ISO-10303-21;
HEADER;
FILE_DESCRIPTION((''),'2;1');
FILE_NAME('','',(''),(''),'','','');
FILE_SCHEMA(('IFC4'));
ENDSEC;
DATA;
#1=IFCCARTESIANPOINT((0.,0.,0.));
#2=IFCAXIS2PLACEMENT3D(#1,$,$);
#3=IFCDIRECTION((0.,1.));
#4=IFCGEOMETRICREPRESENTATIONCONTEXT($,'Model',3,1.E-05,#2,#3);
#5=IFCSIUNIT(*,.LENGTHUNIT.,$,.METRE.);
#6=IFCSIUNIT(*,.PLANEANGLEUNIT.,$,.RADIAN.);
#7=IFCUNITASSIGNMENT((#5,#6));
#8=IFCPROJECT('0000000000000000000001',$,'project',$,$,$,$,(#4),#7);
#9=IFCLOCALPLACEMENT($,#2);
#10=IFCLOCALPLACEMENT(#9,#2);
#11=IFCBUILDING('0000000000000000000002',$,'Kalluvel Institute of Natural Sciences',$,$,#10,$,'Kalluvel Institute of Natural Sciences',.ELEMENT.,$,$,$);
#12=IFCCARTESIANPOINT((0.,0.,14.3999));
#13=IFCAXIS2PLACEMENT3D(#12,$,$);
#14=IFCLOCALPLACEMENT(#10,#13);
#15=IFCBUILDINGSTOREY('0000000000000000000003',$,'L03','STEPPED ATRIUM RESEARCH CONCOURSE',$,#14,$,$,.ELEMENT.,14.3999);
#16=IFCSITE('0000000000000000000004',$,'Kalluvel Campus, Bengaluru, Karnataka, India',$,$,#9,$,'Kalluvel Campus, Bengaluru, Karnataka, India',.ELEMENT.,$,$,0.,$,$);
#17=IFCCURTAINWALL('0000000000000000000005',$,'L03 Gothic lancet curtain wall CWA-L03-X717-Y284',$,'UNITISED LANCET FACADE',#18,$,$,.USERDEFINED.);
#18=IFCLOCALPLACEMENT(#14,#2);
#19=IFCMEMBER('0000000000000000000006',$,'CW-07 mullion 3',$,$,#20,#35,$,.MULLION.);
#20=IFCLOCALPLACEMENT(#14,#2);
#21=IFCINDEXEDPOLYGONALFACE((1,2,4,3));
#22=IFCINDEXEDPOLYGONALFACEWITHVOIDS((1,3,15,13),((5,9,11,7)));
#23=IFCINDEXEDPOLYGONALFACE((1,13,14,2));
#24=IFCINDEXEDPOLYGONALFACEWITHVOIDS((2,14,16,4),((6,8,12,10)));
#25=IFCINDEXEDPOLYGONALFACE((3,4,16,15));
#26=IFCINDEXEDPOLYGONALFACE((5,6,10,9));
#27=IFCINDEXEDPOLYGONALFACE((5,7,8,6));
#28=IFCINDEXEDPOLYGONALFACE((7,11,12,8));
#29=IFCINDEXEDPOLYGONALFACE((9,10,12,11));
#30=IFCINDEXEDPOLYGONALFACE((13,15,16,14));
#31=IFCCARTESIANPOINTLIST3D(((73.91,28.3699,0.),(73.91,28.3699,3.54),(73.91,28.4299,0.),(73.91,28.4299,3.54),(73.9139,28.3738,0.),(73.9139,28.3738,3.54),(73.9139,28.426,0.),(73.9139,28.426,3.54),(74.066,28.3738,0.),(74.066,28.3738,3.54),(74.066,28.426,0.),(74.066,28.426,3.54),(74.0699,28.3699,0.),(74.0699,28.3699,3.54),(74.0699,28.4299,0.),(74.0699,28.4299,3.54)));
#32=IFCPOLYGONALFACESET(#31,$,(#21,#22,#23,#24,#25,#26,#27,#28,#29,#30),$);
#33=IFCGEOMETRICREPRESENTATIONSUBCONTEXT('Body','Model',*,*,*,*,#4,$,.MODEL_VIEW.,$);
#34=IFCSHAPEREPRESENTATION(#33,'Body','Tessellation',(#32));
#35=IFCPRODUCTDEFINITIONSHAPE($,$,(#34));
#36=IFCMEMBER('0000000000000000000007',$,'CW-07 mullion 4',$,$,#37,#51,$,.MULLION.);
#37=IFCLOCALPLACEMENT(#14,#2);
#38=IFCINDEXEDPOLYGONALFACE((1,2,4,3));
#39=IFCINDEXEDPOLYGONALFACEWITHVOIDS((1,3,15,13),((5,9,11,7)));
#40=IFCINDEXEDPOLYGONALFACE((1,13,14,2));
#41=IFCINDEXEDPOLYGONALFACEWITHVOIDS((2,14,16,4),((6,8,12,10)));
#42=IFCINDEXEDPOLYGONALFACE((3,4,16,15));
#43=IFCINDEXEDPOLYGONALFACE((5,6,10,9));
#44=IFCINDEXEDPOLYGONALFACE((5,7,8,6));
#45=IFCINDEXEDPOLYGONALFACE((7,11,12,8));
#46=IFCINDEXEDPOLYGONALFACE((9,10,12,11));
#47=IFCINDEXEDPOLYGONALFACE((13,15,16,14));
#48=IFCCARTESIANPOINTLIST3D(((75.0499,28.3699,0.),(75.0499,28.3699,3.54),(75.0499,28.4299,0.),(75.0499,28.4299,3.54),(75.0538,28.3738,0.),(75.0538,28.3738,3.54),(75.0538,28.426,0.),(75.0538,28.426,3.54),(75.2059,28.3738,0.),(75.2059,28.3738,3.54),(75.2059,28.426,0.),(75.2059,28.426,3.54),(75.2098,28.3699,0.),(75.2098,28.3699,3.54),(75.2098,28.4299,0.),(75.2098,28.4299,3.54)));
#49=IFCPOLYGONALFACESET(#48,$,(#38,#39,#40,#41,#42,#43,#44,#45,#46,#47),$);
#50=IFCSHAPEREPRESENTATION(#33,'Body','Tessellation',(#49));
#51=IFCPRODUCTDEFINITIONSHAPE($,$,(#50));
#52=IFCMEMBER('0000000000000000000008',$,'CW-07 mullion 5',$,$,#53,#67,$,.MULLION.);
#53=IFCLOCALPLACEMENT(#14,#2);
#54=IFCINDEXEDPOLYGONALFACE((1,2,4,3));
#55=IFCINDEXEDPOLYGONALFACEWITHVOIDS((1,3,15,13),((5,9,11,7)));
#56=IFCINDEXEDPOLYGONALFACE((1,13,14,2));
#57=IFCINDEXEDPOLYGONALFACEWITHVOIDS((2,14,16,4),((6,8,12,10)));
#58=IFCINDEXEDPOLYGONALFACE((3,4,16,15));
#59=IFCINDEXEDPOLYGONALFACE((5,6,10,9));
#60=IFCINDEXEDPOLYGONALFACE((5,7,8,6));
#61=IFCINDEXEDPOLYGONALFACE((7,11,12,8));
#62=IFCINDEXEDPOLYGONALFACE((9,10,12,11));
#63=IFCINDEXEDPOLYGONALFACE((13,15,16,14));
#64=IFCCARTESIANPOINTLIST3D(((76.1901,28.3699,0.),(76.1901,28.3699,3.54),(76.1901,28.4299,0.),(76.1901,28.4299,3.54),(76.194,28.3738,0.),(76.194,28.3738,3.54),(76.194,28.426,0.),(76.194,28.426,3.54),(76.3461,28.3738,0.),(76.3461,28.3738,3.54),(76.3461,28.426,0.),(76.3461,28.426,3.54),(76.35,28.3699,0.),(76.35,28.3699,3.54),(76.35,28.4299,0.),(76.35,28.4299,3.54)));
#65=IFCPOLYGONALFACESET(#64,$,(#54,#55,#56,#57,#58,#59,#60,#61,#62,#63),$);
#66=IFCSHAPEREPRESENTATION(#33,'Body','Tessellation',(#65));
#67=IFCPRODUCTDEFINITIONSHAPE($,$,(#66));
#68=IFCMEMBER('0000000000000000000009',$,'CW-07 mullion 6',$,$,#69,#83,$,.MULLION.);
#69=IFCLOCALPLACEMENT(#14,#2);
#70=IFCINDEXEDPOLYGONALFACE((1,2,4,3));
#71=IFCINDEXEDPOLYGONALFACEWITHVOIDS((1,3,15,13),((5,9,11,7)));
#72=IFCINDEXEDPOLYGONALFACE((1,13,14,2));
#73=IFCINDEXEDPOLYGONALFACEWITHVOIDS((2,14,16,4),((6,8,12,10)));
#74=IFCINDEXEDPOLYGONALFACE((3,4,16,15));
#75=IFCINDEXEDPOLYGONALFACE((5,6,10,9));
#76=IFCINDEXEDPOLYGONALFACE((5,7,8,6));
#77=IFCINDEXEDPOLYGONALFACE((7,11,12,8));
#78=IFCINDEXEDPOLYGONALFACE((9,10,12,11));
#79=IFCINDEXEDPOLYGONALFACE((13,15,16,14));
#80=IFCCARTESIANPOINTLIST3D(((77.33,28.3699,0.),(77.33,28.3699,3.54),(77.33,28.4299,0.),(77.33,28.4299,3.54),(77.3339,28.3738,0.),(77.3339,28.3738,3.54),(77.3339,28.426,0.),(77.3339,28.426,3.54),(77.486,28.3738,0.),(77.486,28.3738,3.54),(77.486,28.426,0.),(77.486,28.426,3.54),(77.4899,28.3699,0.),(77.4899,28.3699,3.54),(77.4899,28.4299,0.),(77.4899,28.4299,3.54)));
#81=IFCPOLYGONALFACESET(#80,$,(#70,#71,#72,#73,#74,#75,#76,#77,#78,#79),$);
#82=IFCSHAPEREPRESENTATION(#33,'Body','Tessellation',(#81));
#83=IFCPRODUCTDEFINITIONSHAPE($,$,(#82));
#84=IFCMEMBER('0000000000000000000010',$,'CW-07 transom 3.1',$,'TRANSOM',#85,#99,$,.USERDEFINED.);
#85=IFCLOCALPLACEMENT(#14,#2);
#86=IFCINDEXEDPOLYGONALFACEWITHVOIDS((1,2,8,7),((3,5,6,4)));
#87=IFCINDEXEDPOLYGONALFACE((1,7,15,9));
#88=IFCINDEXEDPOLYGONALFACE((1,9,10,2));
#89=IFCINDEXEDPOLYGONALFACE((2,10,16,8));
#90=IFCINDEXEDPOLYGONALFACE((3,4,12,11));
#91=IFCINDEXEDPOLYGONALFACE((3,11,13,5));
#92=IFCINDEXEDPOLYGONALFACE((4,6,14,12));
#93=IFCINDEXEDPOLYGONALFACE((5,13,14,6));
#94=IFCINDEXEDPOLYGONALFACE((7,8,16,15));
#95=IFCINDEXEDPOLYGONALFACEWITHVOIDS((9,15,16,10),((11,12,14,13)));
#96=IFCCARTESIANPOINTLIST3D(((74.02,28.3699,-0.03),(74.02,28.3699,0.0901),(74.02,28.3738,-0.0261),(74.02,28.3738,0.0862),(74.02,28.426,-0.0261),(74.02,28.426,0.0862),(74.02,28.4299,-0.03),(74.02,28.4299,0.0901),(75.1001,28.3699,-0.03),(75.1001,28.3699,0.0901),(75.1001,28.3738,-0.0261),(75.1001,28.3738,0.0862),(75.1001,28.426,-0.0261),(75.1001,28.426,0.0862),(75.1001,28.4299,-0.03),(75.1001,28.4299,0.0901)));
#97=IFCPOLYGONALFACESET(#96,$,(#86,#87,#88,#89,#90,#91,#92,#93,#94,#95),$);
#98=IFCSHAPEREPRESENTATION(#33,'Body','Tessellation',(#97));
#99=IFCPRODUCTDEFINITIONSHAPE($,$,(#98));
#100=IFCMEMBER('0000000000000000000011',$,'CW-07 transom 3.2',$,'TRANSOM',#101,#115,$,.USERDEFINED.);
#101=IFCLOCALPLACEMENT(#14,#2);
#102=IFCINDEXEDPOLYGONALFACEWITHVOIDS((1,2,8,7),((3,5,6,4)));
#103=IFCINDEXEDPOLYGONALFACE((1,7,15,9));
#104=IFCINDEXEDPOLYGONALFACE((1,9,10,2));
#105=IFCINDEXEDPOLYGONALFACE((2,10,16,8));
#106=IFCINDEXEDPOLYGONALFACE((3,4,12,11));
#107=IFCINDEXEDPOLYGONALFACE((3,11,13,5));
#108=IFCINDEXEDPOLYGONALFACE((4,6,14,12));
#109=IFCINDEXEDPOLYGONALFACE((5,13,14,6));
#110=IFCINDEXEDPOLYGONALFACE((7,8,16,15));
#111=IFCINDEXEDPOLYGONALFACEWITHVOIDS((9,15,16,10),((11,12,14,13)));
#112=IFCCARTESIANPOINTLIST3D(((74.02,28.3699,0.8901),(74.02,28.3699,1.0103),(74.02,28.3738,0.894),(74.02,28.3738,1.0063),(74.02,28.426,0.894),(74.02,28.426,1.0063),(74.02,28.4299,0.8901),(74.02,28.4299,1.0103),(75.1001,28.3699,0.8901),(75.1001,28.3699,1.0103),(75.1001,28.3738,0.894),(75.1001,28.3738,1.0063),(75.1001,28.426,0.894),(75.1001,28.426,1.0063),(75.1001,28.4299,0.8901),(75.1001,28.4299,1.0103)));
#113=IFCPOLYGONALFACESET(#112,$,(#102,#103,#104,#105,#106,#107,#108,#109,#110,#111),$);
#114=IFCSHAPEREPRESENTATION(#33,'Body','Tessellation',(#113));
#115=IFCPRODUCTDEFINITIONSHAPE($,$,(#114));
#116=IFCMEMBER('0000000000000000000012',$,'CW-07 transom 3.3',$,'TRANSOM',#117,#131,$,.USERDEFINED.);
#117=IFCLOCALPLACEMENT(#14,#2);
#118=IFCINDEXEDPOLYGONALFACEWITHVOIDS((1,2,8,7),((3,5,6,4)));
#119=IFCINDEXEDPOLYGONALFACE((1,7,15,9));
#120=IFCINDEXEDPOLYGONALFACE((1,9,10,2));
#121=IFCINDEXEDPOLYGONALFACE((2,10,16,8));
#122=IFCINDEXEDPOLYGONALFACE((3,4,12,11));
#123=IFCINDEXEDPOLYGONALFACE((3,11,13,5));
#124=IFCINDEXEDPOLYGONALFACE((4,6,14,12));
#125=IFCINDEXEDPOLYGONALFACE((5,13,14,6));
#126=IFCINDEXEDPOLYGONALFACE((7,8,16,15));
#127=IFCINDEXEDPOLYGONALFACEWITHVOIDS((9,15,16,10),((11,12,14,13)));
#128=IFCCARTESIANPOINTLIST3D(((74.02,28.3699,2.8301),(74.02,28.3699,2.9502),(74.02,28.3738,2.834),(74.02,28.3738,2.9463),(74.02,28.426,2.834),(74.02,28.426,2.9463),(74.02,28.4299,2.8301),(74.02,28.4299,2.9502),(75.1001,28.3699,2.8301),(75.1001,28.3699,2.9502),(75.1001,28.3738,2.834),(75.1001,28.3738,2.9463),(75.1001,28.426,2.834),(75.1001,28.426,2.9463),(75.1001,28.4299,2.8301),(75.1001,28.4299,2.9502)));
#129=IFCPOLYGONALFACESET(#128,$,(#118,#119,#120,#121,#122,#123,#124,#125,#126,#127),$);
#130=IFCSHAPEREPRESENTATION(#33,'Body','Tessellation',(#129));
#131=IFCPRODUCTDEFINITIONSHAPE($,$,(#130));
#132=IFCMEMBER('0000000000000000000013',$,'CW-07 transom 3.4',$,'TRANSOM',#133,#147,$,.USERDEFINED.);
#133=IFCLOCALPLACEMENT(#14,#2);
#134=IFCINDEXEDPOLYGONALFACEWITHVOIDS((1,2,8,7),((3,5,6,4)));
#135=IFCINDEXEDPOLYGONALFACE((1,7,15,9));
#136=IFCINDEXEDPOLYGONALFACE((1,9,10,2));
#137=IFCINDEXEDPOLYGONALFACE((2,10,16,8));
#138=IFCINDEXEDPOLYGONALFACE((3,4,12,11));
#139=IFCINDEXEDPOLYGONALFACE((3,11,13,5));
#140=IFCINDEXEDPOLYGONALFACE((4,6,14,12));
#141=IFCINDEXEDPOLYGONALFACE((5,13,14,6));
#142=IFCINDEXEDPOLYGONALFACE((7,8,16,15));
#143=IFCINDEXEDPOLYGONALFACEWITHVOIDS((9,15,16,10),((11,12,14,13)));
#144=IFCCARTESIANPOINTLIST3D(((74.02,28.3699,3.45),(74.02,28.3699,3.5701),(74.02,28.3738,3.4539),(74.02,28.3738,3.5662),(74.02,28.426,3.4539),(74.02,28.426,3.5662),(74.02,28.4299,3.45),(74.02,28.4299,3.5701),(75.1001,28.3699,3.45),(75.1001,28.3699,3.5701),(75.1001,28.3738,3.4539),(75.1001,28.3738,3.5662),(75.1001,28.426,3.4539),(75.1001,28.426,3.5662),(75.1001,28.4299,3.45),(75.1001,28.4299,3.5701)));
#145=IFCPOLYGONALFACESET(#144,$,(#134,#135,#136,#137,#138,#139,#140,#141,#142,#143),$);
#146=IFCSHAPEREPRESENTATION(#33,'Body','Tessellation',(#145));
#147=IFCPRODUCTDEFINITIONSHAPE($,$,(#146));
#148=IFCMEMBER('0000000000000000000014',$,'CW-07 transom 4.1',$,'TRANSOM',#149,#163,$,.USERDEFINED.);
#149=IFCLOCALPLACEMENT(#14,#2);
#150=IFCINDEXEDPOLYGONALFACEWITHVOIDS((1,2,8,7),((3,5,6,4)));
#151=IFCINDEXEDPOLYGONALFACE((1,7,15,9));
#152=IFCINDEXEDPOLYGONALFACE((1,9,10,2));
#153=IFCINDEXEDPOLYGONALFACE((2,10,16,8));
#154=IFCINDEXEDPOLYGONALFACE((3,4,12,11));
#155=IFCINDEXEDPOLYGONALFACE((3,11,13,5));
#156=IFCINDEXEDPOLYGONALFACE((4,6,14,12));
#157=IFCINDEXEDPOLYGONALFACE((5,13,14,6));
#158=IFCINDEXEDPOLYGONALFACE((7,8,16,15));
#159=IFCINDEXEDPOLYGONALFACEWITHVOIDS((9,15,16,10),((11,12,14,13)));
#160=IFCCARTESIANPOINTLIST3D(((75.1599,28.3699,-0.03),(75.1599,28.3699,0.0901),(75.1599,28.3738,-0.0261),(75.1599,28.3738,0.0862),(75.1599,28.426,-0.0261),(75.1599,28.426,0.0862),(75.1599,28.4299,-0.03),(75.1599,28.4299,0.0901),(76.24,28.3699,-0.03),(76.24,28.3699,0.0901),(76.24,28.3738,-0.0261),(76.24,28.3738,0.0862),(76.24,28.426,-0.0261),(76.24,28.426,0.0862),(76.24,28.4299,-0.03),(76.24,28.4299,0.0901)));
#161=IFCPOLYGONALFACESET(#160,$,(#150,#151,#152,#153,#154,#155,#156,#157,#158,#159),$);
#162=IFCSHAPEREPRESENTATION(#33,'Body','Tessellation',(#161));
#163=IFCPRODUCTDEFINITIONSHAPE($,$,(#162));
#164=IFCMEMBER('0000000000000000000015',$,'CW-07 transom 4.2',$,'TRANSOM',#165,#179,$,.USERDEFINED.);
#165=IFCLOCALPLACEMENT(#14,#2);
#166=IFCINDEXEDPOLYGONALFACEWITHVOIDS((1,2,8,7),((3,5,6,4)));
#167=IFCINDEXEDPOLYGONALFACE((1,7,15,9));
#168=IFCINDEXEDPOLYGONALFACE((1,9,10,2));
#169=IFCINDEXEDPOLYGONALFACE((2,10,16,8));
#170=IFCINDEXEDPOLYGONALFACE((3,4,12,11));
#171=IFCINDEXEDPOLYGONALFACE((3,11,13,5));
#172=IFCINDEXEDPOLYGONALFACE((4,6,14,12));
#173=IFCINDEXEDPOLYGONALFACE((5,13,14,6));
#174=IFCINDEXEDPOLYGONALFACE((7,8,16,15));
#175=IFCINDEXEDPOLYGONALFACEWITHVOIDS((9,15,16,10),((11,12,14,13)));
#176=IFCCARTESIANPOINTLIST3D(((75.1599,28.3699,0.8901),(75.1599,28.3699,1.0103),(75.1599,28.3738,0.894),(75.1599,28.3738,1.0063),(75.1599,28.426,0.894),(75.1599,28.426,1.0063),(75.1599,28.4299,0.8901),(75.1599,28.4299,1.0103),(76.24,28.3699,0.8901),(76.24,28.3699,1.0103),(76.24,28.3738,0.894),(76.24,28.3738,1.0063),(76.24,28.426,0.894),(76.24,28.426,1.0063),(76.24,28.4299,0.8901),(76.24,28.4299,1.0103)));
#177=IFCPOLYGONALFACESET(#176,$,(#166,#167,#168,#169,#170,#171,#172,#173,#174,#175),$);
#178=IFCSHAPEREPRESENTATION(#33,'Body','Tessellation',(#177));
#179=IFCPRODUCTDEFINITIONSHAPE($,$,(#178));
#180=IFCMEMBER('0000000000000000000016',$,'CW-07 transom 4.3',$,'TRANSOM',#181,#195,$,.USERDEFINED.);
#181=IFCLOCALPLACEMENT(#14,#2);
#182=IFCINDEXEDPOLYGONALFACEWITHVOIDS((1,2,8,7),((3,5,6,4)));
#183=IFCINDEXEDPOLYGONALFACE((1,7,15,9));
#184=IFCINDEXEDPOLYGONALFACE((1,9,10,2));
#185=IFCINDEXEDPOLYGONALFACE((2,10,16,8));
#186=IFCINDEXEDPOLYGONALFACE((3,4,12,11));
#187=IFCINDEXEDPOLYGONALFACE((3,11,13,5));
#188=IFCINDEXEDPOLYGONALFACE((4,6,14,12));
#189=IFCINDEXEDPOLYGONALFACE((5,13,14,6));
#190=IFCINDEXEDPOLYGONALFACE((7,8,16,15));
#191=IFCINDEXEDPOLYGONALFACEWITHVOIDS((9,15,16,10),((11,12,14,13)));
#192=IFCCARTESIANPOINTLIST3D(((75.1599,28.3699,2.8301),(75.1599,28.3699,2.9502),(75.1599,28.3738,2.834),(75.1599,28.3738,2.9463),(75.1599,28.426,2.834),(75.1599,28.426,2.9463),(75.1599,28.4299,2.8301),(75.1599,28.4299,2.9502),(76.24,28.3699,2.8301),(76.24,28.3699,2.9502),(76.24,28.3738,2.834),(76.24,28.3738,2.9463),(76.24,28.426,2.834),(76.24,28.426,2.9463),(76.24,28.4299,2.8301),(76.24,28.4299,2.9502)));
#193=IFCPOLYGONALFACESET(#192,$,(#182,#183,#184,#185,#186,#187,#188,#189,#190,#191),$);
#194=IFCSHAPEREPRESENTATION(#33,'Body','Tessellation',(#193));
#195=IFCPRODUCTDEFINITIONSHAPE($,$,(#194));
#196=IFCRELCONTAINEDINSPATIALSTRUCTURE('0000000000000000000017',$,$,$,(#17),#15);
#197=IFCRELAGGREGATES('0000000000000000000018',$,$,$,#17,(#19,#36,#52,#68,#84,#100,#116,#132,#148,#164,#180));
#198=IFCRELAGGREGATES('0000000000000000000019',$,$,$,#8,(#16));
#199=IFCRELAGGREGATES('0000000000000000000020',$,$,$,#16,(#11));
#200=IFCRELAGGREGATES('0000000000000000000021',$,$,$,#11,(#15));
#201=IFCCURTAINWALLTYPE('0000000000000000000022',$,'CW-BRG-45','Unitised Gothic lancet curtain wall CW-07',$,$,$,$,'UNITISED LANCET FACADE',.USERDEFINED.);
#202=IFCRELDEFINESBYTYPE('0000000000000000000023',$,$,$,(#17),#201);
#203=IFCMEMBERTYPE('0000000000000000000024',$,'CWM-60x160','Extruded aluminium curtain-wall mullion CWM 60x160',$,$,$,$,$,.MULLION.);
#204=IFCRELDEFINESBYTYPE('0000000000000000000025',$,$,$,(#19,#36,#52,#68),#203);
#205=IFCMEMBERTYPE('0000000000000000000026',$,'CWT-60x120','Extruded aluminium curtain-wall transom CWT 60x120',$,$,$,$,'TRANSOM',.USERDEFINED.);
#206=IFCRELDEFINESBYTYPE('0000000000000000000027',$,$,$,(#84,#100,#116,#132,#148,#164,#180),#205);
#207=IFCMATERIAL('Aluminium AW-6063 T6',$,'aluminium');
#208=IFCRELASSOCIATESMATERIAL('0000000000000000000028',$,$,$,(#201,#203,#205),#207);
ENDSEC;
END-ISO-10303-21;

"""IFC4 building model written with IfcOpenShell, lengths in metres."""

from ifc_helpers import new_model, si_unit, direction, frame, origin, origin_2d, place, context, subcontext, project, spatial, hollow_rectangle, extrude, material, material_profile, profile_set, type_object, element, aggregate, save


model = new_model("IFC4")

# Units and contexts
model_context = context("Model", 3, precision=1e-05, world=origin(), true_north=direction((0.0, 1.0)))
body_context = subcontext(model_context, "Body", "Model", "MODEL_VIEW")
ifc_project = project(units=[si_unit("LENGTHUNIT", "METRE"), si_unit("PLANEANGLEUNIT", "RADIAN")], contexts=[model_context])

# Site, building, storey
site_placement = place(None, origin())
site = spatial("IfcSite", under=ifc_project, at=site_placement, Name="Kalluvel Campus, Bengaluru, Karnataka, India", LongName="Kalluvel Campus, Bengaluru, Karnataka, India", CompositionType="ELEMENT", RefElevation=0.0)
building_placement = place(site_placement, origin())
building = spatial("IfcBuilding", under=site, at=building_placement, Name="Kalluvel Institute of Natural Sciences", LongName="Kalluvel Institute of Natural Sciences", CompositionType="ELEMENT")
storey_placement = place(building_placement, frame((0.0, 0.0, 14.3999)))
storey = spatial("IfcBuildingStorey", under=building, at=storey_placement, Name="L03", Description="STEPPED ATRIUM RESEARCH CONCOURSE", CompositionType="ELEMENT", Elevation=14.3999)

# Curtain wall, members
ifc_material_1 = material(Name="Aluminium AW-6063 T6", Category="aluminium")
curtain_wall_type = type_object("IfcCurtainWallType", Name="CW-BRG-45", Description="Unitised Gothic lancet curtain wall CW-07", ElementType="UNITISED LANCET FACADE", PredefinedType="USERDEFINED", material=ifc_material_1)
curtain_wall_1_placement = place(storey_placement, origin())
curtain_wall_1 = element("IfcCurtainWall", 1, at=curtain_wall_1_placement, inside=storey, type_object=curtain_wall_type, Name="L03 Gothic lancet curtain wall CWA-L03-X717-Y284", ObjectType="UNITISED LANCET FACADE", PredefinedType="USERDEFINED")
ifc_material_profile_1 = material_profile(ifc_material_1, hollow_rectangle(XDim=0.0601, YDim=0.1599, WallThickness=0.0039, at=origin_2d()), Name="CWM 60x160")
ifc_profile_set_1 = profile_set([ifc_material_profile_1], Name="Aluminium AW-6063 T6")
member_type_1 = type_object("IfcMemberType", Name="CWM-60x160", Description="Extruded aluminium curtain-wall mullion CWM 60x160", PredefinedType="MULLION", material=ifc_profile_set_1)
member_1_placement = place(storey_placement, frame((73.99, 28.3999, 0.0), z_axis=(0.0, 0.0, 1.0), x_axis=(0.0, 1.0, 0.0)))
member_1 = element("IfcMember", 2, at=member_1_placement, type_object=member_type_1, Name="CW-07 mullion 3", PredefinedType="MULLION", context=body_context, shape_type="SweptSolid", body=[
    extrude(hollow_rectangle(XDim=0.0601, YDim=0.1599, WallThickness=0.0039, at=origin_2d()), origin(), (0.0, 0.0, 1.0), 3.54),
])
member_2_placement = place(storey_placement, frame((75.1299, 28.3999, 0.0), z_axis=(0.0, 0.0, 1.0), x_axis=(0.0, 1.0, 0.0)))
member_2 = element("IfcMember", 3, at=member_2_placement, type_object=member_type_1, Name="CW-07 mullion 4", PredefinedType="MULLION", context=body_context, shape_type="SweptSolid", body=[
    extrude(hollow_rectangle(XDim=0.0601, YDim=0.1599, WallThickness=0.0039, at=origin_2d()), origin(), (0.0, 0.0, 1.0), 3.54),
])
member_3_placement = place(storey_placement, frame((76.27, 28.3999, 0.0), z_axis=(0.0, 0.0, 1.0), x_axis=(0.0, 1.0, 0.0)))
member_3 = element("IfcMember", 4, at=member_3_placement, type_object=member_type_1, Name="CW-07 mullion 5", PredefinedType="MULLION", context=body_context, shape_type="SweptSolid", body=[
    extrude(hollow_rectangle(XDim=0.0601, YDim=0.1599, WallThickness=0.0039, at=origin_2d()), origin(), (0.0, 0.0, 1.0), 3.54),
])
member_4_placement = place(storey_placement, frame((77.4099, 28.3999, 0.0), z_axis=(0.0, 0.0, 1.0), x_axis=(0.0, 1.0, 0.0)))
member_4 = element("IfcMember", 5, at=member_4_placement, type_object=member_type_1, Name="CW-07 mullion 6", PredefinedType="MULLION", context=body_context, shape_type="SweptSolid", body=[
    extrude(hollow_rectangle(XDim=0.0601, YDim=0.1599, WallThickness=0.0039, at=origin_2d()), origin(), (0.0, 0.0, 1.0), 3.54),
])
ifc_material_profile_2 = material_profile(ifc_material_1, hollow_rectangle(XDim=0.0601, YDim=0.1201, WallThickness=0.0039, at=origin_2d()), Name="CWT 60x120")
ifc_profile_set_2 = profile_set([ifc_material_profile_2], Name="Aluminium AW-6063 T6")
member_type_2 = type_object("IfcMemberType", Name="CWT-60x120", Description="Extruded aluminium curtain-wall transom CWT 60x120", ElementType="TRANSOM", PredefinedType="USERDEFINED", material=ifc_profile_set_2)
member_5_placement = place(storey_placement, frame((74.02, 28.3999, 0.03), z_axis=(1.0, 0.0, 0.0), x_axis=(0.0, 1.0, 0.0)))
member_5 = element("IfcMember", 6, at=member_5_placement, type_object=member_type_2, Name="CW-07 transom 3.1", ObjectType="TRANSOM", PredefinedType="USERDEFINED", context=body_context, shape_type="SweptSolid", body=[
    extrude(hollow_rectangle(XDim=0.0601, YDim=0.1201, WallThickness=0.0039, at=origin_2d()), origin(), (0.0, 0.0, 1.0), 1.0801),
])
member_6_placement = place(storey_placement, frame((74.02, 28.3999, 0.9502), z_axis=(1.0, 0.0, 0.0), x_axis=(0.0, 1.0, 0.0)))
member_6 = element("IfcMember", 7, at=member_6_placement, type_object=member_type_2, Name="CW-07 transom 3.2", ObjectType="TRANSOM", PredefinedType="USERDEFINED", context=body_context, shape_type="SweptSolid", body=[
    extrude(hollow_rectangle(XDim=0.0601, YDim=0.1201, WallThickness=0.0039, at=origin_2d()), origin(), (0.0, 0.0, 1.0), 1.0801),
])
member_7_placement = place(storey_placement, frame((74.02, 28.3999, 2.8901), z_axis=(1.0, 0.0, 0.0), x_axis=(0.0, 1.0, 0.0)))
member_7 = element("IfcMember", 8, at=member_7_placement, type_object=member_type_2, Name="CW-07 transom 3.3", ObjectType="TRANSOM", PredefinedType="USERDEFINED", context=body_context, shape_type="SweptSolid", body=[
    extrude(hollow_rectangle(XDim=0.0601, YDim=0.1201, WallThickness=0.0039, at=origin_2d()), origin(), (0.0, 0.0, 1.0), 1.0801),
])
member_8_placement = place(storey_placement, frame((74.02, 28.3999, 3.51), z_axis=(1.0, 0.0, 0.0), x_axis=(0.0, 1.0, 0.0)))
member_8 = element("IfcMember", 9, at=member_8_placement, type_object=member_type_2, Name="CW-07 transom 3.4", ObjectType="TRANSOM", PredefinedType="USERDEFINED", context=body_context, shape_type="SweptSolid", body=[
    extrude(hollow_rectangle(XDim=0.0601, YDim=0.1201, WallThickness=0.0039, at=origin_2d()), origin(), (0.0, 0.0, 1.0), 1.0801),
])
member_9_placement = place(storey_placement, frame((75.1599, 28.3999, 0.03), z_axis=(1.0, 0.0, 0.0), x_axis=(0.0, 1.0, 0.0)))
member_9 = element("IfcMember", 10, at=member_9_placement, type_object=member_type_2, Name="CW-07 transom 4.1", ObjectType="TRANSOM", PredefinedType="USERDEFINED", context=body_context, shape_type="SweptSolid", body=[
    extrude(hollow_rectangle(XDim=0.0601, YDim=0.1201, WallThickness=0.0039, at=origin_2d()), origin(), (0.0, 0.0, 1.0), 1.0801),
])
member_10_placement = place(storey_placement, frame((75.1599, 28.3999, 0.9502), z_axis=(1.0, 0.0, 0.0), x_axis=(0.0, 1.0, 0.0)))
member_10 = element("IfcMember", 11, at=member_10_placement, type_object=member_type_2, Name="CW-07 transom 4.2", ObjectType="TRANSOM", PredefinedType="USERDEFINED", context=body_context, shape_type="SweptSolid", body=[
    extrude(hollow_rectangle(XDim=0.0601, YDim=0.1201, WallThickness=0.0039, at=origin_2d()), origin(), (0.0, 0.0, 1.0), 1.0801),
])
member_11_placement = place(storey_placement, frame((75.1599, 28.3999, 2.8901), z_axis=(1.0, 0.0, 0.0), x_axis=(0.0, 1.0, 0.0)))
member_11 = element("IfcMember", 12, at=member_11_placement, type_object=member_type_2, Name="CW-07 transom 4.3", ObjectType="TRANSOM", PredefinedType="USERDEFINED", context=body_context, shape_type="SweptSolid", body=[
    extrude(hollow_rectangle(XDim=0.0601, YDim=0.1201, WallThickness=0.0039, at=origin_2d()), origin(), (0.0, 0.0, 1.0), 1.0801),
])
aggregate(curtain_wall_1, [member_1, member_2, member_3, member_4, member_5, member_6, member_7, member_8, member_9, member_10, member_11])

save(model, "model.ifc")
